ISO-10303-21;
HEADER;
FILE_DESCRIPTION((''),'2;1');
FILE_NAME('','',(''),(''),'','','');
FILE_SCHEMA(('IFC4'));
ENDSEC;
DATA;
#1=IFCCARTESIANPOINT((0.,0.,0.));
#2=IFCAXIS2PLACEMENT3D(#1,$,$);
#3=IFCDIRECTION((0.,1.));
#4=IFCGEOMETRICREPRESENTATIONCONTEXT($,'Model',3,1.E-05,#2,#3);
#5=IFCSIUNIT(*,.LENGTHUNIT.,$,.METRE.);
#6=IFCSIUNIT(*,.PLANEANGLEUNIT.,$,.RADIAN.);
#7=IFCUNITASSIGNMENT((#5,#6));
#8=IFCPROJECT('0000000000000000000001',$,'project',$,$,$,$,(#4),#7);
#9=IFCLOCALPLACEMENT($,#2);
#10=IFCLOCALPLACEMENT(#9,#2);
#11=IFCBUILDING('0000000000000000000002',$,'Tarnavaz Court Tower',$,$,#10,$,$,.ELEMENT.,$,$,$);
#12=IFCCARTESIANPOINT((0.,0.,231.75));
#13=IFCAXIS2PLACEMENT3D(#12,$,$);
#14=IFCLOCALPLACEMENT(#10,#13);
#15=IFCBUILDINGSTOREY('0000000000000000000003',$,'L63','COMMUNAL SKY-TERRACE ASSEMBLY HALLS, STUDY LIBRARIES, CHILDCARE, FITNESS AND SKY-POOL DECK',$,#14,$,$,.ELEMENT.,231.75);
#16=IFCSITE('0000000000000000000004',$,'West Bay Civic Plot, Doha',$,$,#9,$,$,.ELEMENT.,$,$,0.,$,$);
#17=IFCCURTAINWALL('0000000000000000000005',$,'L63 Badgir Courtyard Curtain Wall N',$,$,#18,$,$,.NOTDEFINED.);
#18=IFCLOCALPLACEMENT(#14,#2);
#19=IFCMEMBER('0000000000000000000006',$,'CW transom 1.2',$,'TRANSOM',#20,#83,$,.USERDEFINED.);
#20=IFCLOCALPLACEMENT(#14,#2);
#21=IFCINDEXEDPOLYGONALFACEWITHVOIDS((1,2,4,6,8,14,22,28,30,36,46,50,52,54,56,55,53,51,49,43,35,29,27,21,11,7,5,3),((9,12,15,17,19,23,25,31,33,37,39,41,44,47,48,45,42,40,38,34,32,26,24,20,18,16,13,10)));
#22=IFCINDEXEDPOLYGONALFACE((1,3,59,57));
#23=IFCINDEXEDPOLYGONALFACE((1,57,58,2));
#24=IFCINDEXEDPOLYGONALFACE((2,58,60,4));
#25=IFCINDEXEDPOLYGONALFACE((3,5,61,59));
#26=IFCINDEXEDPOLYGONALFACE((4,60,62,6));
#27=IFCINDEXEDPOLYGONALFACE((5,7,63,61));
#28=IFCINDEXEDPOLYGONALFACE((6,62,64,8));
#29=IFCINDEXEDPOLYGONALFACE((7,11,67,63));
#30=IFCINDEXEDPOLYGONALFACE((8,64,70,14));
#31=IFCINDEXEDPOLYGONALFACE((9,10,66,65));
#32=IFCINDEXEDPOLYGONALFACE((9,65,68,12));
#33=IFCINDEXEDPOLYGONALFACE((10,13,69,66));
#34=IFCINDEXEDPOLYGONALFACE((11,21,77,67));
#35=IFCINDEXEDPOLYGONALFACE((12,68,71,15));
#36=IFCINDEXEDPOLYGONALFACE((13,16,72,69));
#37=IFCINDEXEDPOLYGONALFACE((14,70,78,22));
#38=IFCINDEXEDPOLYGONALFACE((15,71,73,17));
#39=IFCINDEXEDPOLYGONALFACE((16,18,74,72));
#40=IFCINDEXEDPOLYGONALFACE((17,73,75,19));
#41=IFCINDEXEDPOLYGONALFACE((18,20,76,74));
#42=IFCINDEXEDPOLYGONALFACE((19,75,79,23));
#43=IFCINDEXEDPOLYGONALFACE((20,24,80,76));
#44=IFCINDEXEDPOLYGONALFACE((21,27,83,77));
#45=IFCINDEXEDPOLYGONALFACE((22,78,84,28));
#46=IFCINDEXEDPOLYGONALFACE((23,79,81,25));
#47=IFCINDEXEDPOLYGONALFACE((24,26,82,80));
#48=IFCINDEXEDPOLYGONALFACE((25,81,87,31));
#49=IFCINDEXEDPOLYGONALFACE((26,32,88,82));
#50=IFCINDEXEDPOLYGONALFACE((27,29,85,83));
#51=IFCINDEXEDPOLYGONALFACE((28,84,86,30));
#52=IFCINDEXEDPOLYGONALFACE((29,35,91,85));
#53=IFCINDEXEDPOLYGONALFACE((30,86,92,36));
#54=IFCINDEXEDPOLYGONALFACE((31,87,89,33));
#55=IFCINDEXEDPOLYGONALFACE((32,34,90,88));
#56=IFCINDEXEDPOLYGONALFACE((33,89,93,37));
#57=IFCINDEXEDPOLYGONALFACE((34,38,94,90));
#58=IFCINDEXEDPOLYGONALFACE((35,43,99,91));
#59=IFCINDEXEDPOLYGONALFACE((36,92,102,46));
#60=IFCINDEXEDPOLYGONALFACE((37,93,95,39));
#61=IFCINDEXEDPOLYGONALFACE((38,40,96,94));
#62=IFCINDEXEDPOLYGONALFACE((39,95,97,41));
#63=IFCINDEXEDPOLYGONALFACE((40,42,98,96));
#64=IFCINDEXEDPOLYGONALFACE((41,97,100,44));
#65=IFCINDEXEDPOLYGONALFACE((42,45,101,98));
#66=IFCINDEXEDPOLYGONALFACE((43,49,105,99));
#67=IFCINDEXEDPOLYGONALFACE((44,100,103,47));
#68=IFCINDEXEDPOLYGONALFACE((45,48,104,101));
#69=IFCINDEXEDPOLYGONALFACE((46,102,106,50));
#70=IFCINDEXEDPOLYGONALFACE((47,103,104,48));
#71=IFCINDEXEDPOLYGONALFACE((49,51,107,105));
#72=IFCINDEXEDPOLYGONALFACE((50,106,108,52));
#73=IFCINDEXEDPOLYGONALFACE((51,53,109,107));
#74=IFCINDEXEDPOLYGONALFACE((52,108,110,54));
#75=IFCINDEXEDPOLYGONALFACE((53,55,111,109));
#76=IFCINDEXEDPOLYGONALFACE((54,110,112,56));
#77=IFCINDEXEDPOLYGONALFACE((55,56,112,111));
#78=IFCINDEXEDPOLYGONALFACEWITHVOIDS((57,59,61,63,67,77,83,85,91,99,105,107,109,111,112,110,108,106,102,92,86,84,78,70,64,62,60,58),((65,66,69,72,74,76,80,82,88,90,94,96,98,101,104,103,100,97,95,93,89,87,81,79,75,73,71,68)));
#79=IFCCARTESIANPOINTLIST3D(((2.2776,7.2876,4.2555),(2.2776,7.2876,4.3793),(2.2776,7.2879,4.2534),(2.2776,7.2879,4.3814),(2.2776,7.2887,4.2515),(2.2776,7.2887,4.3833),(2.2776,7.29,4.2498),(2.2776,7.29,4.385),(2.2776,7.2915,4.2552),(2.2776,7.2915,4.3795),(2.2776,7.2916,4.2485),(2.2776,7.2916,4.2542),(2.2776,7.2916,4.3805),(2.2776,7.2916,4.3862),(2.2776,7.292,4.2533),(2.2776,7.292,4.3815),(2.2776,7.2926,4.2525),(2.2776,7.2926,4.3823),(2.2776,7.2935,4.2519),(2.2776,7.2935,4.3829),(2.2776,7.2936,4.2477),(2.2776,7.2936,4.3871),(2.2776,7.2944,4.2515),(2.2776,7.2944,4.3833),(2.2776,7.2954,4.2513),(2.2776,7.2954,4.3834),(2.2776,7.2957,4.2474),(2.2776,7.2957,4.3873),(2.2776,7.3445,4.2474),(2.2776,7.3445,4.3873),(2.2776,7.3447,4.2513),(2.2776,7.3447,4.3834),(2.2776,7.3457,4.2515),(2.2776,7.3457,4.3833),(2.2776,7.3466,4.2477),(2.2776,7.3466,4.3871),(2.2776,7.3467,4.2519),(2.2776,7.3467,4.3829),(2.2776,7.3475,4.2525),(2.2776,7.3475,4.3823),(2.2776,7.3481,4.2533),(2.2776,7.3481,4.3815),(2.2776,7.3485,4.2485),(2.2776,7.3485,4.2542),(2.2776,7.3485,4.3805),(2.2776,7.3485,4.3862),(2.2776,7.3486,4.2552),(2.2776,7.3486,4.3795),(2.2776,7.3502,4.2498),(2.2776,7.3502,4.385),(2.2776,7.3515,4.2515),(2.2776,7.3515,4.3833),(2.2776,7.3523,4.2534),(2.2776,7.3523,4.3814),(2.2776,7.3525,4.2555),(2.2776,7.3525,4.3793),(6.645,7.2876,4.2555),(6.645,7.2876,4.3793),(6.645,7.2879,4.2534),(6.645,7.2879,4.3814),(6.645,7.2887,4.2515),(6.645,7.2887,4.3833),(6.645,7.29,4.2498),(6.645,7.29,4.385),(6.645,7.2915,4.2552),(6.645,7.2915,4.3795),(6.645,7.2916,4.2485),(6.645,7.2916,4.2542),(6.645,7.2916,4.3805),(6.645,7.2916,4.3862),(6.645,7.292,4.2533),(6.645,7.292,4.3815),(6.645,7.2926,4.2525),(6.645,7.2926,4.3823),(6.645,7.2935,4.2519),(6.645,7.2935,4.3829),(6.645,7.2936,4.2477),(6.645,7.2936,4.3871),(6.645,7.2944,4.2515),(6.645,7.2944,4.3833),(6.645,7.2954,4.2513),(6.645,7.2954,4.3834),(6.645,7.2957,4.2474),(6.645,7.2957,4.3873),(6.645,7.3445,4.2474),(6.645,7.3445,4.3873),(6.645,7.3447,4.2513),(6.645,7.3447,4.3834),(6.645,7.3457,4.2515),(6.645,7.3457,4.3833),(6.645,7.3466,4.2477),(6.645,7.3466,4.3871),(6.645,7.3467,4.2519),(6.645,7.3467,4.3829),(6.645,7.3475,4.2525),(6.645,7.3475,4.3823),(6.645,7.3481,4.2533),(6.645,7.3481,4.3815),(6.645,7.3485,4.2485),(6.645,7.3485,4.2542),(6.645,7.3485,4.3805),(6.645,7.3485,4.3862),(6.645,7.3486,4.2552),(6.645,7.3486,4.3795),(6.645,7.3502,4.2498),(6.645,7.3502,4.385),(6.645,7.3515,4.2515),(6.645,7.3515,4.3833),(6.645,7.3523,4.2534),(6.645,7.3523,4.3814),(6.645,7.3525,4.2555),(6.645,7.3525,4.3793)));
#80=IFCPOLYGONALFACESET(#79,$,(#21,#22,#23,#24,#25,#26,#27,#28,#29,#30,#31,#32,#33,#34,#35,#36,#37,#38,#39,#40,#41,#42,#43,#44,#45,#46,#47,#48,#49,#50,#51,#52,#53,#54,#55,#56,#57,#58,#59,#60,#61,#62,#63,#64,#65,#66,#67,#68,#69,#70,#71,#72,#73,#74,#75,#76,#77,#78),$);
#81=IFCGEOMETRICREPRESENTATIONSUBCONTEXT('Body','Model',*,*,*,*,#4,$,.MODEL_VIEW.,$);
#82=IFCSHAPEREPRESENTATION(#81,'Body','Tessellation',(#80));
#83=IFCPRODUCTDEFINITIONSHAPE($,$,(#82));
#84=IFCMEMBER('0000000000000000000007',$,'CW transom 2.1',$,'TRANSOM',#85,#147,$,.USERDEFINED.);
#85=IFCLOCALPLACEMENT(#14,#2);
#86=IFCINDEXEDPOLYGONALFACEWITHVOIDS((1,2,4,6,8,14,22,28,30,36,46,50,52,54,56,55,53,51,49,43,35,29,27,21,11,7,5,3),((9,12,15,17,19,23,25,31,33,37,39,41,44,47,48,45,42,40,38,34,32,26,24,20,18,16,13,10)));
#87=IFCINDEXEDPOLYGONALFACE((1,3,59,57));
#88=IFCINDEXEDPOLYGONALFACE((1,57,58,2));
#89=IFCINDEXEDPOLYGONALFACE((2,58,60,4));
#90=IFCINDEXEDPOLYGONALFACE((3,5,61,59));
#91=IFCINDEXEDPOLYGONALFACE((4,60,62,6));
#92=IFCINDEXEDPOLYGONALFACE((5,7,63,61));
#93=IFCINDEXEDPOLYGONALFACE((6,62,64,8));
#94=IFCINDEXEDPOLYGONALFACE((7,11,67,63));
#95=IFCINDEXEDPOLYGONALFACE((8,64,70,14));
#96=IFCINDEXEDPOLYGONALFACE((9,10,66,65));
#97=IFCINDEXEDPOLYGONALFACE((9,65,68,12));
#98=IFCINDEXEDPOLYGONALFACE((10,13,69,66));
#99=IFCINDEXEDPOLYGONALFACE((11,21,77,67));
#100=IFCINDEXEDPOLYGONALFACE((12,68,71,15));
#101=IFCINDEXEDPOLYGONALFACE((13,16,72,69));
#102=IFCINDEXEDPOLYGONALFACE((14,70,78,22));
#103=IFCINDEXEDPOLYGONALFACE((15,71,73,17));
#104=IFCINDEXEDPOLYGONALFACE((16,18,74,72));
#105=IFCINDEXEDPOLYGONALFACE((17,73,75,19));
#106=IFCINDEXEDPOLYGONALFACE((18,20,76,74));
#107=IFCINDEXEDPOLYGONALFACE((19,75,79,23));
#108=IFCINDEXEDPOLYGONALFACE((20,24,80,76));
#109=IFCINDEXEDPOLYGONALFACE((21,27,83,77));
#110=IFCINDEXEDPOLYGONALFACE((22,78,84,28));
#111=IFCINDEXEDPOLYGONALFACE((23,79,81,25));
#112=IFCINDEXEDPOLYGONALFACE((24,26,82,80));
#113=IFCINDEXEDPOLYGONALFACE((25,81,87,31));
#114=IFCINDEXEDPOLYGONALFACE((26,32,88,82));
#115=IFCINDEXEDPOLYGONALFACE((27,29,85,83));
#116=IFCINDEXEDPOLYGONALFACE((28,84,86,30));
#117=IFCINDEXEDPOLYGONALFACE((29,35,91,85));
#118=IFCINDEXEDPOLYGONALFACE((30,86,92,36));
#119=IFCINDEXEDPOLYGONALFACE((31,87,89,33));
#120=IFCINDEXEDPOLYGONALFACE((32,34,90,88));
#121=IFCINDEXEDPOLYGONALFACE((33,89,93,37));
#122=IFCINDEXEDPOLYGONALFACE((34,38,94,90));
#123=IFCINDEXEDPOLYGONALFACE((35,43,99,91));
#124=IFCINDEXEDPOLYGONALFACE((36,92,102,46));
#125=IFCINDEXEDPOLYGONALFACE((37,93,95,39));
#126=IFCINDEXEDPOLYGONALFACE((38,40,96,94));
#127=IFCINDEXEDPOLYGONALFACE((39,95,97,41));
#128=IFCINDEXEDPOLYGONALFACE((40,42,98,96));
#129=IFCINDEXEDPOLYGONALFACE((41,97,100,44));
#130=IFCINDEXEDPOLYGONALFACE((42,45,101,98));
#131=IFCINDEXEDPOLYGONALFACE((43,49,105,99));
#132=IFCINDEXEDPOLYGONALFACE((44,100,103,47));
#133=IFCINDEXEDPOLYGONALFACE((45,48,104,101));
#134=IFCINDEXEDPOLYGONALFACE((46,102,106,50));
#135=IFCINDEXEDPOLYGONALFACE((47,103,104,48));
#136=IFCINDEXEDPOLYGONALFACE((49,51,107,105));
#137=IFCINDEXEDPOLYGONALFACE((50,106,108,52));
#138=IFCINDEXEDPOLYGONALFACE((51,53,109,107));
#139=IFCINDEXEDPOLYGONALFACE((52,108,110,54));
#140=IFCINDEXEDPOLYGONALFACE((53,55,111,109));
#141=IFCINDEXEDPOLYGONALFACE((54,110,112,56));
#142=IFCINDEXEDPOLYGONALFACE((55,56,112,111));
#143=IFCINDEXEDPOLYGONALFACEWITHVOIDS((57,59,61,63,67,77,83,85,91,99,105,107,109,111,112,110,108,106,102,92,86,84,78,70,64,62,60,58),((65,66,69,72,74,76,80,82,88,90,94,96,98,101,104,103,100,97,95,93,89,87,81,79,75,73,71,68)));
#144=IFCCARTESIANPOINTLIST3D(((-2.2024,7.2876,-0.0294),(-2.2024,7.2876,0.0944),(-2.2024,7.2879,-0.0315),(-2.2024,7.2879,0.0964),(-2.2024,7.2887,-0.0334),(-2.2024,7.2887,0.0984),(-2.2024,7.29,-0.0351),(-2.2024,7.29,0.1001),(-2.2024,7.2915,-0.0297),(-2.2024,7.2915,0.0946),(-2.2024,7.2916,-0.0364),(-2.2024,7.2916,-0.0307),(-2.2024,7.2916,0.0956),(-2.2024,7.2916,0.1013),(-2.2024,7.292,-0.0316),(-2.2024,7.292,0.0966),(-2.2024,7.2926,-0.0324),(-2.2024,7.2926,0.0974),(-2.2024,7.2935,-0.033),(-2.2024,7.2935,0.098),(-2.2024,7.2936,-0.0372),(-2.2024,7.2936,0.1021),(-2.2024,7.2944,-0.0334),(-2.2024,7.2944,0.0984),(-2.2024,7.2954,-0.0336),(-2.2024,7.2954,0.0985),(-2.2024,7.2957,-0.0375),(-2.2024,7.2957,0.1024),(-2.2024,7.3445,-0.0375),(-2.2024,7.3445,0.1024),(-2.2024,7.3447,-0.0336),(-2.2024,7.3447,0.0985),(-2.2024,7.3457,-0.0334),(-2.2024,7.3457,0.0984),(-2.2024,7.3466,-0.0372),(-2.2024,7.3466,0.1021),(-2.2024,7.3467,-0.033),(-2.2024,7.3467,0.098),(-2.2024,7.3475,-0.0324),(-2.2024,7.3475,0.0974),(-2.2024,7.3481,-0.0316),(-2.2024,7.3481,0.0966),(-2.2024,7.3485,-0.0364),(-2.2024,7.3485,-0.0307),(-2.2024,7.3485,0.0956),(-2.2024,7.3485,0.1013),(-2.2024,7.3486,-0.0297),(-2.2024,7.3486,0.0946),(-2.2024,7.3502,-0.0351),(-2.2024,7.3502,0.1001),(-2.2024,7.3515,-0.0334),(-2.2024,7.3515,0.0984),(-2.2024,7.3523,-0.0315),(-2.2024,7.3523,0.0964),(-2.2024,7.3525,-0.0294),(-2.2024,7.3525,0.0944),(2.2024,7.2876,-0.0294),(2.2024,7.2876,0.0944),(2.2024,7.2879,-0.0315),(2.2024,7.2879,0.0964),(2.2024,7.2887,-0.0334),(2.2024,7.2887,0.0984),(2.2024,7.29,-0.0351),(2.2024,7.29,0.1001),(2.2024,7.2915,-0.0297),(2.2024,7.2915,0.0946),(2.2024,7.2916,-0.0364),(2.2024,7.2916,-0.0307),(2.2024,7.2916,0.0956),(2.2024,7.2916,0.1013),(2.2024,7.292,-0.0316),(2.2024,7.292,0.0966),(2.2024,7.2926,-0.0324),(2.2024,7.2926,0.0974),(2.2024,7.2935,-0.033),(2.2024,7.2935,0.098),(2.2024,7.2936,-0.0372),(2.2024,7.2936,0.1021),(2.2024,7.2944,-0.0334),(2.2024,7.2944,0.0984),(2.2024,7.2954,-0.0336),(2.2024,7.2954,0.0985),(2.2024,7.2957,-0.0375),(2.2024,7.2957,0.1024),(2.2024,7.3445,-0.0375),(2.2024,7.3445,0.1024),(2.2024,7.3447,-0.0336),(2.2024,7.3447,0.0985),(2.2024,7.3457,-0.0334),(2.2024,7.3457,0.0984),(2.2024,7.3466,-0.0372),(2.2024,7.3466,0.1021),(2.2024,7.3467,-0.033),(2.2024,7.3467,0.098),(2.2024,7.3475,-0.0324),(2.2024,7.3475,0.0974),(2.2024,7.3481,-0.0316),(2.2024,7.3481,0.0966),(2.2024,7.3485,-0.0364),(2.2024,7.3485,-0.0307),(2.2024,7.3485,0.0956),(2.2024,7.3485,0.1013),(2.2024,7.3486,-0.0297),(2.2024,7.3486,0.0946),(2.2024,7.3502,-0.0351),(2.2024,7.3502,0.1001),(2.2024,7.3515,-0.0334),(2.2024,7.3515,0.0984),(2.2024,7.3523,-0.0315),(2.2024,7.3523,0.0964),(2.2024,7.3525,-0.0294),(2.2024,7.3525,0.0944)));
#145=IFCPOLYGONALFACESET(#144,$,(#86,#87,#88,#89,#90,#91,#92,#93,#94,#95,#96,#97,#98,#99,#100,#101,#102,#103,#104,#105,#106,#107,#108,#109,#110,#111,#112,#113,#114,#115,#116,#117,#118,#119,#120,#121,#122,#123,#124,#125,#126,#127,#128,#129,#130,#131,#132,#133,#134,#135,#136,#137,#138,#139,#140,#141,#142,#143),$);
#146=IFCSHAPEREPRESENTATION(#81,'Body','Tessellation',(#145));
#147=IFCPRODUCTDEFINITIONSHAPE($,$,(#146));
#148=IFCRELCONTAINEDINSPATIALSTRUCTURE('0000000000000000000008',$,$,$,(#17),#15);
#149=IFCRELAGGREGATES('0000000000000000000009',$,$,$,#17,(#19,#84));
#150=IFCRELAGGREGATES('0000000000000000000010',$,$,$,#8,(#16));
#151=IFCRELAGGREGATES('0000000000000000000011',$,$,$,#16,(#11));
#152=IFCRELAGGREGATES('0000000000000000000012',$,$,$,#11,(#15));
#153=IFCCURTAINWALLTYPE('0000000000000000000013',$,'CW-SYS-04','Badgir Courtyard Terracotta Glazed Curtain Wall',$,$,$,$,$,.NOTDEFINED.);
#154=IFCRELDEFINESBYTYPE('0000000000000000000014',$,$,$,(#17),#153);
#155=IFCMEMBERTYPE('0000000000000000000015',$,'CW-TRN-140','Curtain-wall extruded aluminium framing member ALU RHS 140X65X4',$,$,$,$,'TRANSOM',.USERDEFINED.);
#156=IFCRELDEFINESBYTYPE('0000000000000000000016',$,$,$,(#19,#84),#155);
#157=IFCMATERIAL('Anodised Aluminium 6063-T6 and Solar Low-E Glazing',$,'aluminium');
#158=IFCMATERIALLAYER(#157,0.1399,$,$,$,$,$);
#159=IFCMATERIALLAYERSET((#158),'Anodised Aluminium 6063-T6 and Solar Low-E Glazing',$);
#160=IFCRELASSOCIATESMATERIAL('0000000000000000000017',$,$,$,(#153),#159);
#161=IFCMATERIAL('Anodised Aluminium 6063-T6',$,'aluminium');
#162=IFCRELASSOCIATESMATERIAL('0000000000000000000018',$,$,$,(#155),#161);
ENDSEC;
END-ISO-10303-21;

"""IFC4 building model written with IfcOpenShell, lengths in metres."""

from ifc_helpers import new_model, si_unit, direction, frame, origin, origin_2d, place, context, subcontext, project, spatial, hollow_rectangle, extrude, material, layer, layer_set, material_profile, profile_set, type_object, element, aggregate, save


model = new_model("IFC4")

# Units and contexts
model_context = context("Model", 3, precision=1e-05, world=origin(), true_north=direction((0.0, 1.0)))
body_context = subcontext(model_context, "Body", "Model", "MODEL_VIEW")
ifc_project = project(units=[si_unit("LENGTHUNIT", "METRE"), si_unit("PLANEANGLEUNIT", "RADIAN")], contexts=[model_context])

# Site, building, storey
site_placement = place(None, origin())
site = spatial("IfcSite", under=ifc_project, at=site_placement, Name="West Bay Civic Plot, Doha", CompositionType="ELEMENT", RefElevation=0.0)
building_placement = place(site_placement, origin())
building = spatial("IfcBuilding", under=site, at=building_placement, Name="Tarnavaz Court Tower", CompositionType="ELEMENT")
storey_placement = place(building_placement, frame((0.0, 0.0, 231.75)))
storey = spatial("IfcBuildingStorey", under=building, at=storey_placement, Name="L63", Description="COMMUNAL SKY-TERRACE ASSEMBLY HALLS, STUDY LIBRARIES, CHILDCARE, FITNESS AND SKY-POOL DECK", CompositionType="ELEMENT", Elevation=231.75)

# Curtain wall, members
ifc_material_1 = material(Name="Anodised Aluminium 6063-T6 and Solar Low-E Glazing", Category="aluminium")
ifc_layer_1 = layer(ifc_material_1, 0.1399)
ifc_layer_set_1 = layer_set([ifc_layer_1], Name="Anodised Aluminium 6063-T6 and Solar Low-E Glazing")
curtain_wall_type = type_object("IfcCurtainWallType", Name="CW-SYS-04", Description="Badgir Courtyard Terracotta Glazed Curtain Wall", PredefinedType="NOTDEFINED", material=ifc_layer_set_1)
curtain_wall_placement = place(storey_placement, origin())
curtain_wall = element("IfcCurtainWall", 1, at=curtain_wall_placement, inside=storey, type_object=curtain_wall_type, Name="L63 Badgir Courtyard Curtain Wall N", PredefinedType="NOTDEFINED")
ifc_material_2 = material(Name="Anodised Aluminium 6063-T6", Category="aluminium")
ifc_material_profile_1 = material_profile(ifc_material_2, hollow_rectangle(XDim=0.0649, YDim=0.1399, WallThickness=0.0039, InnerFilletRadius=0.0039, OuterFilletRadius=0.0081, at=origin_2d()), Name="ALU RHS 140X65X4")
ifc_profile_set_1 = profile_set([ifc_material_profile_1], Name="Anodised Aluminium 6063-T6")
member_type_1 = type_object("IfcMemberType", Name="CW-TRN-140", Description="Curtain-wall extruded aluminium framing member ALU RHS 140X65X4", ElementType="TRANSOM", PredefinedType="USERDEFINED", material=ifc_profile_set_1)
member_1_placement = place(storey_placement, frame((6.645, 7.3201, 4.3174), z_axis=(-1.0, 0.0, 0.0), x_axis=(0.0, -1.0, 0.0)))
member_1 = element("IfcMember", 2, at=member_1_placement, type_object=member_type_1, Name="CW transom 1.2", ObjectType="TRANSOM", PredefinedType="USERDEFINED", context=body_context, shape_type="SweptSolid", body=[
    extrude(hollow_rectangle(XDim=0.0649, YDim=0.1399, WallThickness=0.0039, InnerFilletRadius=0.0039, OuterFilletRadius=0.0081, at=origin_2d()), origin(), (0.0, 0.0, 1.0), 4.3674),
])
member_2_placement = place(storey_placement, frame((2.2024, 7.3201, 0.0325), z_axis=(-1.0, 0.0, 0.0), x_axis=(0.0, -1.0, 0.0)))
member_2 = element("IfcMember", 3, at=member_2_placement, type_object=member_type_1, Name="CW transom 2.1", ObjectType="TRANSOM", PredefinedType="USERDEFINED", context=body_context, shape_type="SweptSolid", body=[
    extrude(hollow_rectangle(XDim=0.0649, YDim=0.1399, WallThickness=0.0039, InnerFilletRadius=0.0039, OuterFilletRadius=0.0081, at=origin_2d()), origin(), (0.0, 0.0, 1.0), 4.4048),
])
aggregate(curtain_wall, [member_1, member_2])

save(model, "model.ifc")
